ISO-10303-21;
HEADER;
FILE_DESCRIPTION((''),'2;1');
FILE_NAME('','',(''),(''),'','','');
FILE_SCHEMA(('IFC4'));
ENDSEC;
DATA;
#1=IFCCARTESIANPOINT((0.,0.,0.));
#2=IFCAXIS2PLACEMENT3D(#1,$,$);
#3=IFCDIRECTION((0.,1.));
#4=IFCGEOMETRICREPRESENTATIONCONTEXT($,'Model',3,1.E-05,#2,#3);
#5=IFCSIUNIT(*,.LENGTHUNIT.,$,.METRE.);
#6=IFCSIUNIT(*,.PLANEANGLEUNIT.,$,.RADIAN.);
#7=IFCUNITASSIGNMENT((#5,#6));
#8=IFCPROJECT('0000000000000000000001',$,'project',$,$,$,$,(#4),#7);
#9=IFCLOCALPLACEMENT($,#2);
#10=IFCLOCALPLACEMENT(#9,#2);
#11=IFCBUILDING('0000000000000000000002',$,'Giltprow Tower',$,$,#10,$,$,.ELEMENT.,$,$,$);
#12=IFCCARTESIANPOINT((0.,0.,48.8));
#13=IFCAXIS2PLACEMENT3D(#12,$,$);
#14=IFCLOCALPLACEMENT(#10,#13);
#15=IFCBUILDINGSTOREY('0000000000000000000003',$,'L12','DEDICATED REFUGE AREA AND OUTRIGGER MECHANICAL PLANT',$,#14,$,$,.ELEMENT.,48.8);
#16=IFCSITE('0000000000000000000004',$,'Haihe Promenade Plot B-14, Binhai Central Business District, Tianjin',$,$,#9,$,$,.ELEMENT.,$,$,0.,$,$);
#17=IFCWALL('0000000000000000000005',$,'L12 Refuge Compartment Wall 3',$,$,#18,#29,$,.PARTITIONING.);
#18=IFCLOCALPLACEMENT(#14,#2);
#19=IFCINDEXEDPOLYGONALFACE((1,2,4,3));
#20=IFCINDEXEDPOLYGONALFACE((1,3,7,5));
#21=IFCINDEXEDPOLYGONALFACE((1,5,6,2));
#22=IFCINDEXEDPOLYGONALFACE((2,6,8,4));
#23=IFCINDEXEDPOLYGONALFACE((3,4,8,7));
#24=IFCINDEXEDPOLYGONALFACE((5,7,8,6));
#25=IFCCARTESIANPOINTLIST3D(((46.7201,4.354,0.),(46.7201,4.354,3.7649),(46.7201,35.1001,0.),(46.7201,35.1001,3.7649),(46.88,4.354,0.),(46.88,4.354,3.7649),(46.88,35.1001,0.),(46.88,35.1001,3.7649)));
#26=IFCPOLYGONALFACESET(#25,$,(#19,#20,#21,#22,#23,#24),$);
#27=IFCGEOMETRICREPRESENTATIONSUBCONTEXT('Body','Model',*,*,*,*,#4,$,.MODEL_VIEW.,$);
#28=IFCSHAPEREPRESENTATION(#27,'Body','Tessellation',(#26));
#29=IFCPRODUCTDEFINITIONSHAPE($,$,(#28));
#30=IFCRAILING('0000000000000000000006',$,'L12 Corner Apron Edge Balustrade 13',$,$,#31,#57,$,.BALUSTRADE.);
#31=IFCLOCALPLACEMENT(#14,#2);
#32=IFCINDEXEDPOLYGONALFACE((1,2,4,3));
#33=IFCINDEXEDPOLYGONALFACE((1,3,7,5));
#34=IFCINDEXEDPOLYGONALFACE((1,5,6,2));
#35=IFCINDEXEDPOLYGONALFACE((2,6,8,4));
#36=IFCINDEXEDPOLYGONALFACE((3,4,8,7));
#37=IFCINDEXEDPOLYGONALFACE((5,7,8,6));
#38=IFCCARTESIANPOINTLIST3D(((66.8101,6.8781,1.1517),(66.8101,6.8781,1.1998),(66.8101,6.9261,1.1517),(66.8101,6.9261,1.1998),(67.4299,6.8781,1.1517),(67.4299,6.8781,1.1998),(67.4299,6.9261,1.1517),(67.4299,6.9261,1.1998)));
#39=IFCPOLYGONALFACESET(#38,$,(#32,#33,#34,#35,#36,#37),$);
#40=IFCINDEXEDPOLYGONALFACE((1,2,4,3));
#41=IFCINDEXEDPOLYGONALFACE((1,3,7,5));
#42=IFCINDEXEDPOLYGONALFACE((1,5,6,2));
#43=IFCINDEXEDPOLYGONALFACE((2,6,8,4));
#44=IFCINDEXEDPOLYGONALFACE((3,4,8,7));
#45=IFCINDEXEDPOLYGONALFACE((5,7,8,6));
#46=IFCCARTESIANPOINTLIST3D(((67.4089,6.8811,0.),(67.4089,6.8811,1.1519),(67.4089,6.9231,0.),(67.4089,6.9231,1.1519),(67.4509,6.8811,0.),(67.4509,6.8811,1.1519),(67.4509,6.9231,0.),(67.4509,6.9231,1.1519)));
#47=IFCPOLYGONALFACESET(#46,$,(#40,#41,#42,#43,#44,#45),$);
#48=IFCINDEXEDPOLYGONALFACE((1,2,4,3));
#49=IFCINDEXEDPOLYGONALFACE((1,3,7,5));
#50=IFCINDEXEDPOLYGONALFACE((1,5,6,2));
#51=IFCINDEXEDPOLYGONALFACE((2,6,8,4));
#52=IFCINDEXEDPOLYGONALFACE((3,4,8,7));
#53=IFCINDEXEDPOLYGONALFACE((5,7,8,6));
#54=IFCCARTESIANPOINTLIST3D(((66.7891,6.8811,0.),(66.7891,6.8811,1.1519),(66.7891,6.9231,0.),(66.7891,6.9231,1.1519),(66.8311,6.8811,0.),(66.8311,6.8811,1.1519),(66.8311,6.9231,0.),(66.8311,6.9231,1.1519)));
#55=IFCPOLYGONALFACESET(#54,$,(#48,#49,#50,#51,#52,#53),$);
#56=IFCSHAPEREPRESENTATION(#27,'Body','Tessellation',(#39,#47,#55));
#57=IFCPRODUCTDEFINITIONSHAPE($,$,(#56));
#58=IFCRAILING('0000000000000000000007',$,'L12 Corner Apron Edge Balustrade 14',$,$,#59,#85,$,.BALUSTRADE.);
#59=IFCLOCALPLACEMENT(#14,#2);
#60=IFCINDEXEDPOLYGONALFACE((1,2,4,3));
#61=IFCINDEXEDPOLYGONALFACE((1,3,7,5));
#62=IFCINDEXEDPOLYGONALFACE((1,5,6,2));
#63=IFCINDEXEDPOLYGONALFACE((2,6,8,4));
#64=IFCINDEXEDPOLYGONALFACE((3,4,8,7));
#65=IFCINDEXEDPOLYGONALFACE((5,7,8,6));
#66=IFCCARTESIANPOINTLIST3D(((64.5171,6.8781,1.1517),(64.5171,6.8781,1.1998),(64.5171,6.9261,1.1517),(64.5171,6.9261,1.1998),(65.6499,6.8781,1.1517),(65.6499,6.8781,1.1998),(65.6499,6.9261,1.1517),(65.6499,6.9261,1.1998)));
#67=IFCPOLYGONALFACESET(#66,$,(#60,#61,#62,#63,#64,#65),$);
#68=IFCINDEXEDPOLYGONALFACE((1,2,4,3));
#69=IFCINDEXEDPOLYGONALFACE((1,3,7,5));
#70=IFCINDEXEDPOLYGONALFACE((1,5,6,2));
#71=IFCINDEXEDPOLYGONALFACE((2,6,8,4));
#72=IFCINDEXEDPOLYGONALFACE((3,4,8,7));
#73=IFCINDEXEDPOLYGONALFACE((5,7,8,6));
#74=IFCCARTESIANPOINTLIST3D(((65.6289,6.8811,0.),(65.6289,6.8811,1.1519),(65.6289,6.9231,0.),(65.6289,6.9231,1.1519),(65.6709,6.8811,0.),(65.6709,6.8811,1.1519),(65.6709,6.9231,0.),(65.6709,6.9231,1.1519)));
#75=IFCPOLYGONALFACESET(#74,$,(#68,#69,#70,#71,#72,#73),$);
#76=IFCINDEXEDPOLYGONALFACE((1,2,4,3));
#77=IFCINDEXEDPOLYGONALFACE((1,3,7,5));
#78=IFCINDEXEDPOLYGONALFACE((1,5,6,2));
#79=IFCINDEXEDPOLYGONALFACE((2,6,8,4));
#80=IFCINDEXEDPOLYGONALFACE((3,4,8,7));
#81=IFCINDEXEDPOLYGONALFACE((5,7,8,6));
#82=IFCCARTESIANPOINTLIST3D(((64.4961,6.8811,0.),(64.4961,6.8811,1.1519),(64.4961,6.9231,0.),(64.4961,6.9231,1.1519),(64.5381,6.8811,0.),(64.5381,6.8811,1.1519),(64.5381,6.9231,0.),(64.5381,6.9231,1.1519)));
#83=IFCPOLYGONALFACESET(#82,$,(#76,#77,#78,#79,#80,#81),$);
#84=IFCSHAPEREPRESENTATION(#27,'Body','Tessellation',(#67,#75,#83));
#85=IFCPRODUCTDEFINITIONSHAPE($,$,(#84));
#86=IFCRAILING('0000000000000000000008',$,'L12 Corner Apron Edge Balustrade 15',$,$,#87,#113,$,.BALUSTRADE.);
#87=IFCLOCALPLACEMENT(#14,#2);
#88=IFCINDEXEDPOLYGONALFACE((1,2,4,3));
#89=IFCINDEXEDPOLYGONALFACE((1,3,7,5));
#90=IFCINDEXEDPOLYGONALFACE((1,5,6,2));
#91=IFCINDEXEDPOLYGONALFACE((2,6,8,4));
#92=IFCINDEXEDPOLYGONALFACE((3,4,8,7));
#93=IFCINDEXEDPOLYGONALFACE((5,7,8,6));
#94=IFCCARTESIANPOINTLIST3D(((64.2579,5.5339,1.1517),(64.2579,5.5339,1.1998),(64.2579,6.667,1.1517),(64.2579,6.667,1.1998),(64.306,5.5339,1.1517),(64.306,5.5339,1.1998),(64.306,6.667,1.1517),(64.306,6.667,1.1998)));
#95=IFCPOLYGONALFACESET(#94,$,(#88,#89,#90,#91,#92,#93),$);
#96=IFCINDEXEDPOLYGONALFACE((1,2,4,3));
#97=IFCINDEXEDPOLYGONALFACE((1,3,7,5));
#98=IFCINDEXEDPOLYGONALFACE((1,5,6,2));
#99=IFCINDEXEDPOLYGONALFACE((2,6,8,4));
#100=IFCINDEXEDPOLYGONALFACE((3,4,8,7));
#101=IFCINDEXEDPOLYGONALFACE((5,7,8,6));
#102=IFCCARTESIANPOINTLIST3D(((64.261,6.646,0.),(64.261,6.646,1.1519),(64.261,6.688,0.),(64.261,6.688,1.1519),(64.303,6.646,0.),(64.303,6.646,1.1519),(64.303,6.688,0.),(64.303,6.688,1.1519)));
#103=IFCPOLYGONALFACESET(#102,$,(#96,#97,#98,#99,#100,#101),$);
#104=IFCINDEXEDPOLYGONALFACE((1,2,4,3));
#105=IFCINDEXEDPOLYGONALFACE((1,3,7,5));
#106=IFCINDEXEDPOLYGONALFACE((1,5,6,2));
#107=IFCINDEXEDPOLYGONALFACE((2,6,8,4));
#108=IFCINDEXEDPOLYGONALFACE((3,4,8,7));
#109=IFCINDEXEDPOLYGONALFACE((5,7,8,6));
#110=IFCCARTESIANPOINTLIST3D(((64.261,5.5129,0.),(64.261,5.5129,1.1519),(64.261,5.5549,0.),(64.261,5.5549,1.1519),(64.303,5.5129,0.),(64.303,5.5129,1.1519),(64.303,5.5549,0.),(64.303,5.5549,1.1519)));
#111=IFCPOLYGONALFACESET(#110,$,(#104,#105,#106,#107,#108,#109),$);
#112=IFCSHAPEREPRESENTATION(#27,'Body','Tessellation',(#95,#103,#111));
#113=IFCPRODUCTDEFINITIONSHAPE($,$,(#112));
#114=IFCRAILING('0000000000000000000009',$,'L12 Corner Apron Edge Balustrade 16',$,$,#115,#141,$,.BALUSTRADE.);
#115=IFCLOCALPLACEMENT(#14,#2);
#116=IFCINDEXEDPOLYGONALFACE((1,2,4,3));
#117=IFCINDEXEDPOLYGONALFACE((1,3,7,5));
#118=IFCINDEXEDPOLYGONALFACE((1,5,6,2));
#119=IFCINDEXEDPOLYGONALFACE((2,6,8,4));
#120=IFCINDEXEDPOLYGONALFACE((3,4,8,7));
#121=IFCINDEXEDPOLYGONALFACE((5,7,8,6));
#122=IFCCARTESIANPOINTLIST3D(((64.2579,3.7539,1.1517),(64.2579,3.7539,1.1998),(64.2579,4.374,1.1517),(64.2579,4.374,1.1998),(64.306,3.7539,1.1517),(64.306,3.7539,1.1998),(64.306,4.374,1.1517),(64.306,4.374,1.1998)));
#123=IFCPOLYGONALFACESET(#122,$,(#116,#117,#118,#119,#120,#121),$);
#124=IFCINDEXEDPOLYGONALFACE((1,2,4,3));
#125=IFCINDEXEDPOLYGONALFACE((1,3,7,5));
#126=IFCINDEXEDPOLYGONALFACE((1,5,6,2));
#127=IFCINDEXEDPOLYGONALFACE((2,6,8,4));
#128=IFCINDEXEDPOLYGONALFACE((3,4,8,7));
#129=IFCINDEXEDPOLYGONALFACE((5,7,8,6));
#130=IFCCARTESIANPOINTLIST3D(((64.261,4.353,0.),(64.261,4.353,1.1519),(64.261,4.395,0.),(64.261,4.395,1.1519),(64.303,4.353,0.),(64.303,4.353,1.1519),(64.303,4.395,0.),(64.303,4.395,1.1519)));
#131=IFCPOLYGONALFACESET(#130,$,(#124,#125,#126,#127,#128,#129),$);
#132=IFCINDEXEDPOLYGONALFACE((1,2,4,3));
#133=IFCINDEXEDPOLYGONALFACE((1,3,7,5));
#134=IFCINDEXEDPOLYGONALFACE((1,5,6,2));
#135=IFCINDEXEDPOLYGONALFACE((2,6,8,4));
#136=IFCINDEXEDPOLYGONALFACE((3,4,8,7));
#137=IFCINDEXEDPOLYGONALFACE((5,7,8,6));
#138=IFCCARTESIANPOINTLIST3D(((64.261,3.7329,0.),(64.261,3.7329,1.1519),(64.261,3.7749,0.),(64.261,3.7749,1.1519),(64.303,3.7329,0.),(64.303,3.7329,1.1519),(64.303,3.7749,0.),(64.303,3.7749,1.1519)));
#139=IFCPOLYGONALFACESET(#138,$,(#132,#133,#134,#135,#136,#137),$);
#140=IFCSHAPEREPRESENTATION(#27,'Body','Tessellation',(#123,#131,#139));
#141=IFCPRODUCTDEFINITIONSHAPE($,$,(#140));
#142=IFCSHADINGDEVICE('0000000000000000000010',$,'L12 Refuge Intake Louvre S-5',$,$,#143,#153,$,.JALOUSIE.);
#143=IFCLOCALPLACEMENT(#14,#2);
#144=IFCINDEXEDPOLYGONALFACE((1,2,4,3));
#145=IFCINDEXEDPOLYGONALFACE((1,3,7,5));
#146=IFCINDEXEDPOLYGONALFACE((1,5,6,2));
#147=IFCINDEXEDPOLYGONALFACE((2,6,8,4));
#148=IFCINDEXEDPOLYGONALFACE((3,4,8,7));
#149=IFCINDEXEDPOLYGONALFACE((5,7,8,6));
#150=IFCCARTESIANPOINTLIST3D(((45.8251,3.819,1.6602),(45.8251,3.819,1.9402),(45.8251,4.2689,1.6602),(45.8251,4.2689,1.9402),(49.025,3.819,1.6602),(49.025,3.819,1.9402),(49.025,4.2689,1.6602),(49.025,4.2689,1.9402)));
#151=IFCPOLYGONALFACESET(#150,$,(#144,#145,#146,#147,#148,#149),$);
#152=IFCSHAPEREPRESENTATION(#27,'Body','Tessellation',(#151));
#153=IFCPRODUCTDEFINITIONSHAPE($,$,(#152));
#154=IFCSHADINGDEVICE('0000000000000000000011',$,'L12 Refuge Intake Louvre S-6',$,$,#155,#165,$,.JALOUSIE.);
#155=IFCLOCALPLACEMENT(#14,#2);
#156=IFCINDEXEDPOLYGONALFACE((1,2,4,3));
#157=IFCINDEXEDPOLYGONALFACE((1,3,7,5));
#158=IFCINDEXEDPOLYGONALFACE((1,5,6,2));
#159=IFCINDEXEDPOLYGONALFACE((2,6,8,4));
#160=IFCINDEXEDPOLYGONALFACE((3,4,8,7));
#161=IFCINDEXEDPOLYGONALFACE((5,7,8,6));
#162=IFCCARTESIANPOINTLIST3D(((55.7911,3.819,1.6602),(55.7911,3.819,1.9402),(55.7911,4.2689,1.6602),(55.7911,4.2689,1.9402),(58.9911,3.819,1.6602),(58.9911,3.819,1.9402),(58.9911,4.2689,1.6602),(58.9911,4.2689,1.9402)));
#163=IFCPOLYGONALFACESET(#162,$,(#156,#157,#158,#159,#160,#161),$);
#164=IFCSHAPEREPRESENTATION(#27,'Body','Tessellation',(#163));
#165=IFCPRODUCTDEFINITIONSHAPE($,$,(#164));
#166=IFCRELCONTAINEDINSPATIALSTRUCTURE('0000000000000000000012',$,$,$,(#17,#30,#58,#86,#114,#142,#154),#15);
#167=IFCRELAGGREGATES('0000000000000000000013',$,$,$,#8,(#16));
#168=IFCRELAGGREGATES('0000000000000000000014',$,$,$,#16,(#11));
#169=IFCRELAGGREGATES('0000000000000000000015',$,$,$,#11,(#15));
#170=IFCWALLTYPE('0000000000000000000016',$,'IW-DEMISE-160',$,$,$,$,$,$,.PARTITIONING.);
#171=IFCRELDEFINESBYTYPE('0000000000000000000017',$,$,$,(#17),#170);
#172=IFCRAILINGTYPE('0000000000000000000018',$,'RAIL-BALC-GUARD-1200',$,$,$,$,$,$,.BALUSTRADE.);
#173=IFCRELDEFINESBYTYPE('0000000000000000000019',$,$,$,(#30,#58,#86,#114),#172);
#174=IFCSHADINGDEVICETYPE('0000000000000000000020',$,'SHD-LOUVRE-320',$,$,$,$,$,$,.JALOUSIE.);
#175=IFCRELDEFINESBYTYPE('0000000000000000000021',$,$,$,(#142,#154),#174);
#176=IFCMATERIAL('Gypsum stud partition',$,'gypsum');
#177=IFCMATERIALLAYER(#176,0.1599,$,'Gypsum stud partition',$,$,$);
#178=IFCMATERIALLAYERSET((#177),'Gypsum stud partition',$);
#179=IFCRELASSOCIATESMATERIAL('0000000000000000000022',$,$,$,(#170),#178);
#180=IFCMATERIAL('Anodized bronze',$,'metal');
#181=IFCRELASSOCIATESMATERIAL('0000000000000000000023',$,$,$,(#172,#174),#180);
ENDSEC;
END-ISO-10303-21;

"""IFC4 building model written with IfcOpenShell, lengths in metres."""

from ifc_helpers import new_model, si_unit, direction, frame, frame_2d, origin, origin_2d, place, context, subcontext, project, spatial, rectangle, extrude, source, transform, mapped, material, layer, layer_set, type_object, element, save


model = new_model("IFC4")

# Units and contexts
model_context = context("Model", 3, precision=1e-05, world=origin(), true_north=direction((0.0, 1.0)))
body_context = subcontext(model_context, "Body", "Model", "MODEL_VIEW")
ifc_project = project(units=[si_unit("LENGTHUNIT", "METRE"), si_unit("PLANEANGLEUNIT", "RADIAN")], contexts=[model_context])

# Site, building, storey
site_placement = place(None, origin())
site = spatial("IfcSite", under=ifc_project, at=site_placement, Name="Haihe Promenade Plot B-14, Binhai Central Business District, Tianjin", CompositionType="ELEMENT", RefElevation=0.0)
building_placement = place(site_placement, origin())
building = spatial("IfcBuilding", under=site, at=building_placement, Name="Giltprow Tower", CompositionType="ELEMENT")
storey_placement = place(building_placement, frame((0.0, 0.0, 48.8)))
storey = spatial("IfcBuildingStorey", under=building, at=storey_placement, Name="L12", Description="DEDICATED REFUGE AREA AND OUTRIGGER MECHANICAL PLANT", CompositionType="ELEMENT", Elevation=48.8)

# Wall
ifc_material_1 = material(Name="Gypsum stud partition", Category="gypsum")
ifc_layer_1 = layer(ifc_material_1, 0.1599, Name="Gypsum stud partition")
ifc_layer_set_1 = layer_set([ifc_layer_1], Name="Gypsum stud partition")
wall_type_1 = type_object("IfcWallType", Name="IW-DEMISE-160", PredefinedType="PARTITIONING", material=ifc_layer_set_1)
wall_1_placement = place(storey_placement, frame((46.8, 4.354, 0.0), z_axis=(0.0, 0.0, 1.0), x_axis=(0.0, 1.0, 0.0)))
element("IfcWall", 1, at=wall_1_placement, inside=storey, type_object=wall_type_1, Name="L12 Refuge Compartment Wall 3", PredefinedType="PARTITIONING", context=body_context, shape_type="SweptSolid", body=[
    extrude(rectangle(XDim=30.7461, YDim=0.1599, at=frame_2d((15.373, 0.0))), origin(), (0.0, 0.0, 1.0), 3.7649),
])

# Railings
ifc_material_2 = material(Name="Anodized bronze", Category="metal")
railing_type = type_object("IfcRailingType", Name="RAIL-BALC-GUARD-1200", PredefinedType="BALUSTRADE", material=ifc_material_2)
railing_1_placement = place(storey_placement, frame((67.4299, 6.9021, 0.0)))
element("IfcRailing", 2, at=railing_1_placement, inside=storey, type_object=railing_type, Name="L12 Corner Apron Edge Balustrade 13", PredefinedType="BALUSTRADE", context=body_context, shape_type="SweptSolid", body=[
    extrude(rectangle(XDim=0.0481, YDim=0.0481, at=origin_2d()), frame((0.0, 0.0, 1.1758), z_axis=(-1.0, 0.0, 0.0), x_axis=(0.0, -1.0, 0.0)), (0.0, 0.0, 1.0), 0.6199),
    extrude(rectangle(XDim=0.042, YDim=0.042, at=origin_2d()), origin(), (0.0, 0.0, 1.0), 1.1519),
    extrude(rectangle(XDim=0.042, YDim=0.042, at=origin_2d()), frame((-0.6199, 0.0, 0.0)), (0.0, 0.0, 1.0), 1.1519),
])
railing_2_placement = place(storey_placement, frame((65.6499, 6.9021, 0.0)))
element("IfcRailing", 3, at=railing_2_placement, inside=storey, type_object=railing_type, Name="L12 Corner Apron Edge Balustrade 14", PredefinedType="BALUSTRADE", context=body_context, shape_type="SweptSolid", body=[
    extrude(rectangle(XDim=0.0481, YDim=0.0481, at=origin_2d()), frame((0.0, 0.0, 1.1758), z_axis=(-1.0, 0.0, 0.0), x_axis=(0.0, -1.0, 0.0)), (0.0, 0.0, 1.0), 1.1328),
    extrude(rectangle(XDim=0.042, YDim=0.042, at=origin_2d()), origin(), (0.0, 0.0, 1.0), 1.1519),
    extrude(rectangle(XDim=0.042, YDim=0.042, at=origin_2d()), frame((-1.1328, 0.0, 0.0)), (0.0, 0.0, 1.0), 1.1519),
])
railing_3_placement = place(storey_placement, frame((64.282, 6.667, 0.0)))
element("IfcRailing", 4, at=railing_3_placement, inside=storey, type_object=railing_type, Name="L12 Corner Apron Edge Balustrade 15", PredefinedType="BALUSTRADE", context=body_context, shape_type="SweptSolid", body=[
    extrude(rectangle(XDim=0.0481, YDim=0.0481, at=origin_2d()), frame((0.0, 0.0, 1.1758), z_axis=(0.0, -1.0, 0.0), x_axis=(1.0, 0.0, 0.0)), (0.0, 0.0, 1.0), 1.1331),
    extrude(rectangle(XDim=0.042, YDim=0.042, at=origin_2d()), origin(), (0.0, 0.0, 1.0), 1.1519),
    extrude(rectangle(XDim=0.042, YDim=0.042, at=origin_2d()), frame((0.0, -1.1331, 0.0)), (0.0, 0.0, 1.0), 1.1519),
])
railing_4_placement = place(storey_placement, frame((64.282, 4.374, 0.0)))
element("IfcRailing", 5, at=railing_4_placement, inside=storey, type_object=railing_type, Name="L12 Corner Apron Edge Balustrade 16", PredefinedType="BALUSTRADE", context=body_context, shape_type="SweptSolid", body=[
    extrude(rectangle(XDim=0.0481, YDim=0.0481, at=origin_2d()), frame((0.0, 0.0, 1.1758), z_axis=(0.0, -1.0, 0.0), x_axis=(1.0, 0.0, 0.0)), (0.0, 0.0, 1.0), 0.6201),
    extrude(rectangle(XDim=0.042, YDim=0.042, at=origin_2d()), origin(), (0.0, 0.0, 1.0), 1.1519),
    extrude(rectangle(XDim=0.042, YDim=0.042, at=origin_2d()), frame((0.0, -0.6201, 0.0)), (0.0, 0.0, 1.0), 1.1519),
])

# Shading devices
shading_device_type = type_object("IfcShadingDeviceType", Name="SHD-LOUVRE-320", PredefinedType="JALOUSIE", material=ifc_material_2)
shared_shape_1 = source(origin(), body_context, "Body", "SweptSolid", [
    extrude(rectangle(XDim=3.2, YDim=0.45, at=origin_2d()), origin(), (0.0, 0.0, 1.0), 0.28),
])
for number, where, z_axis, x_axis, name in (
    (6, (47.425, 4.0439, 1.6602), (0.0, 0.0, 1.0), (1.0, 0.0, 0.0), "L12 Refuge Intake Louvre S-5"),
    (7, (57.3911, 4.0439, 1.6602), (0.0, 0.0, 1.0), (1.0, 0.0, 0.0), "L12 Refuge Intake Louvre S-6"),
):
    element("IfcShadingDevice", number, at=place(storey_placement, frame(where, z_axis=z_axis, x_axis=x_axis)), inside=storey, type_object=shading_device_type, Name=name, PredefinedType="JALOUSIE", context=body_context, shape_type="MappedRepresentation", body=[
        mapped(shared_shape_1, transform((0.0, 0.0, 0.0), x_axis=(1.0, 0.0, 0.0), y_axis=(0.0, 1.0, 0.0), z_axis=(0.0, 0.0, 1.0), scale=1.0)),
    ])

save(model, "model.ifc")
